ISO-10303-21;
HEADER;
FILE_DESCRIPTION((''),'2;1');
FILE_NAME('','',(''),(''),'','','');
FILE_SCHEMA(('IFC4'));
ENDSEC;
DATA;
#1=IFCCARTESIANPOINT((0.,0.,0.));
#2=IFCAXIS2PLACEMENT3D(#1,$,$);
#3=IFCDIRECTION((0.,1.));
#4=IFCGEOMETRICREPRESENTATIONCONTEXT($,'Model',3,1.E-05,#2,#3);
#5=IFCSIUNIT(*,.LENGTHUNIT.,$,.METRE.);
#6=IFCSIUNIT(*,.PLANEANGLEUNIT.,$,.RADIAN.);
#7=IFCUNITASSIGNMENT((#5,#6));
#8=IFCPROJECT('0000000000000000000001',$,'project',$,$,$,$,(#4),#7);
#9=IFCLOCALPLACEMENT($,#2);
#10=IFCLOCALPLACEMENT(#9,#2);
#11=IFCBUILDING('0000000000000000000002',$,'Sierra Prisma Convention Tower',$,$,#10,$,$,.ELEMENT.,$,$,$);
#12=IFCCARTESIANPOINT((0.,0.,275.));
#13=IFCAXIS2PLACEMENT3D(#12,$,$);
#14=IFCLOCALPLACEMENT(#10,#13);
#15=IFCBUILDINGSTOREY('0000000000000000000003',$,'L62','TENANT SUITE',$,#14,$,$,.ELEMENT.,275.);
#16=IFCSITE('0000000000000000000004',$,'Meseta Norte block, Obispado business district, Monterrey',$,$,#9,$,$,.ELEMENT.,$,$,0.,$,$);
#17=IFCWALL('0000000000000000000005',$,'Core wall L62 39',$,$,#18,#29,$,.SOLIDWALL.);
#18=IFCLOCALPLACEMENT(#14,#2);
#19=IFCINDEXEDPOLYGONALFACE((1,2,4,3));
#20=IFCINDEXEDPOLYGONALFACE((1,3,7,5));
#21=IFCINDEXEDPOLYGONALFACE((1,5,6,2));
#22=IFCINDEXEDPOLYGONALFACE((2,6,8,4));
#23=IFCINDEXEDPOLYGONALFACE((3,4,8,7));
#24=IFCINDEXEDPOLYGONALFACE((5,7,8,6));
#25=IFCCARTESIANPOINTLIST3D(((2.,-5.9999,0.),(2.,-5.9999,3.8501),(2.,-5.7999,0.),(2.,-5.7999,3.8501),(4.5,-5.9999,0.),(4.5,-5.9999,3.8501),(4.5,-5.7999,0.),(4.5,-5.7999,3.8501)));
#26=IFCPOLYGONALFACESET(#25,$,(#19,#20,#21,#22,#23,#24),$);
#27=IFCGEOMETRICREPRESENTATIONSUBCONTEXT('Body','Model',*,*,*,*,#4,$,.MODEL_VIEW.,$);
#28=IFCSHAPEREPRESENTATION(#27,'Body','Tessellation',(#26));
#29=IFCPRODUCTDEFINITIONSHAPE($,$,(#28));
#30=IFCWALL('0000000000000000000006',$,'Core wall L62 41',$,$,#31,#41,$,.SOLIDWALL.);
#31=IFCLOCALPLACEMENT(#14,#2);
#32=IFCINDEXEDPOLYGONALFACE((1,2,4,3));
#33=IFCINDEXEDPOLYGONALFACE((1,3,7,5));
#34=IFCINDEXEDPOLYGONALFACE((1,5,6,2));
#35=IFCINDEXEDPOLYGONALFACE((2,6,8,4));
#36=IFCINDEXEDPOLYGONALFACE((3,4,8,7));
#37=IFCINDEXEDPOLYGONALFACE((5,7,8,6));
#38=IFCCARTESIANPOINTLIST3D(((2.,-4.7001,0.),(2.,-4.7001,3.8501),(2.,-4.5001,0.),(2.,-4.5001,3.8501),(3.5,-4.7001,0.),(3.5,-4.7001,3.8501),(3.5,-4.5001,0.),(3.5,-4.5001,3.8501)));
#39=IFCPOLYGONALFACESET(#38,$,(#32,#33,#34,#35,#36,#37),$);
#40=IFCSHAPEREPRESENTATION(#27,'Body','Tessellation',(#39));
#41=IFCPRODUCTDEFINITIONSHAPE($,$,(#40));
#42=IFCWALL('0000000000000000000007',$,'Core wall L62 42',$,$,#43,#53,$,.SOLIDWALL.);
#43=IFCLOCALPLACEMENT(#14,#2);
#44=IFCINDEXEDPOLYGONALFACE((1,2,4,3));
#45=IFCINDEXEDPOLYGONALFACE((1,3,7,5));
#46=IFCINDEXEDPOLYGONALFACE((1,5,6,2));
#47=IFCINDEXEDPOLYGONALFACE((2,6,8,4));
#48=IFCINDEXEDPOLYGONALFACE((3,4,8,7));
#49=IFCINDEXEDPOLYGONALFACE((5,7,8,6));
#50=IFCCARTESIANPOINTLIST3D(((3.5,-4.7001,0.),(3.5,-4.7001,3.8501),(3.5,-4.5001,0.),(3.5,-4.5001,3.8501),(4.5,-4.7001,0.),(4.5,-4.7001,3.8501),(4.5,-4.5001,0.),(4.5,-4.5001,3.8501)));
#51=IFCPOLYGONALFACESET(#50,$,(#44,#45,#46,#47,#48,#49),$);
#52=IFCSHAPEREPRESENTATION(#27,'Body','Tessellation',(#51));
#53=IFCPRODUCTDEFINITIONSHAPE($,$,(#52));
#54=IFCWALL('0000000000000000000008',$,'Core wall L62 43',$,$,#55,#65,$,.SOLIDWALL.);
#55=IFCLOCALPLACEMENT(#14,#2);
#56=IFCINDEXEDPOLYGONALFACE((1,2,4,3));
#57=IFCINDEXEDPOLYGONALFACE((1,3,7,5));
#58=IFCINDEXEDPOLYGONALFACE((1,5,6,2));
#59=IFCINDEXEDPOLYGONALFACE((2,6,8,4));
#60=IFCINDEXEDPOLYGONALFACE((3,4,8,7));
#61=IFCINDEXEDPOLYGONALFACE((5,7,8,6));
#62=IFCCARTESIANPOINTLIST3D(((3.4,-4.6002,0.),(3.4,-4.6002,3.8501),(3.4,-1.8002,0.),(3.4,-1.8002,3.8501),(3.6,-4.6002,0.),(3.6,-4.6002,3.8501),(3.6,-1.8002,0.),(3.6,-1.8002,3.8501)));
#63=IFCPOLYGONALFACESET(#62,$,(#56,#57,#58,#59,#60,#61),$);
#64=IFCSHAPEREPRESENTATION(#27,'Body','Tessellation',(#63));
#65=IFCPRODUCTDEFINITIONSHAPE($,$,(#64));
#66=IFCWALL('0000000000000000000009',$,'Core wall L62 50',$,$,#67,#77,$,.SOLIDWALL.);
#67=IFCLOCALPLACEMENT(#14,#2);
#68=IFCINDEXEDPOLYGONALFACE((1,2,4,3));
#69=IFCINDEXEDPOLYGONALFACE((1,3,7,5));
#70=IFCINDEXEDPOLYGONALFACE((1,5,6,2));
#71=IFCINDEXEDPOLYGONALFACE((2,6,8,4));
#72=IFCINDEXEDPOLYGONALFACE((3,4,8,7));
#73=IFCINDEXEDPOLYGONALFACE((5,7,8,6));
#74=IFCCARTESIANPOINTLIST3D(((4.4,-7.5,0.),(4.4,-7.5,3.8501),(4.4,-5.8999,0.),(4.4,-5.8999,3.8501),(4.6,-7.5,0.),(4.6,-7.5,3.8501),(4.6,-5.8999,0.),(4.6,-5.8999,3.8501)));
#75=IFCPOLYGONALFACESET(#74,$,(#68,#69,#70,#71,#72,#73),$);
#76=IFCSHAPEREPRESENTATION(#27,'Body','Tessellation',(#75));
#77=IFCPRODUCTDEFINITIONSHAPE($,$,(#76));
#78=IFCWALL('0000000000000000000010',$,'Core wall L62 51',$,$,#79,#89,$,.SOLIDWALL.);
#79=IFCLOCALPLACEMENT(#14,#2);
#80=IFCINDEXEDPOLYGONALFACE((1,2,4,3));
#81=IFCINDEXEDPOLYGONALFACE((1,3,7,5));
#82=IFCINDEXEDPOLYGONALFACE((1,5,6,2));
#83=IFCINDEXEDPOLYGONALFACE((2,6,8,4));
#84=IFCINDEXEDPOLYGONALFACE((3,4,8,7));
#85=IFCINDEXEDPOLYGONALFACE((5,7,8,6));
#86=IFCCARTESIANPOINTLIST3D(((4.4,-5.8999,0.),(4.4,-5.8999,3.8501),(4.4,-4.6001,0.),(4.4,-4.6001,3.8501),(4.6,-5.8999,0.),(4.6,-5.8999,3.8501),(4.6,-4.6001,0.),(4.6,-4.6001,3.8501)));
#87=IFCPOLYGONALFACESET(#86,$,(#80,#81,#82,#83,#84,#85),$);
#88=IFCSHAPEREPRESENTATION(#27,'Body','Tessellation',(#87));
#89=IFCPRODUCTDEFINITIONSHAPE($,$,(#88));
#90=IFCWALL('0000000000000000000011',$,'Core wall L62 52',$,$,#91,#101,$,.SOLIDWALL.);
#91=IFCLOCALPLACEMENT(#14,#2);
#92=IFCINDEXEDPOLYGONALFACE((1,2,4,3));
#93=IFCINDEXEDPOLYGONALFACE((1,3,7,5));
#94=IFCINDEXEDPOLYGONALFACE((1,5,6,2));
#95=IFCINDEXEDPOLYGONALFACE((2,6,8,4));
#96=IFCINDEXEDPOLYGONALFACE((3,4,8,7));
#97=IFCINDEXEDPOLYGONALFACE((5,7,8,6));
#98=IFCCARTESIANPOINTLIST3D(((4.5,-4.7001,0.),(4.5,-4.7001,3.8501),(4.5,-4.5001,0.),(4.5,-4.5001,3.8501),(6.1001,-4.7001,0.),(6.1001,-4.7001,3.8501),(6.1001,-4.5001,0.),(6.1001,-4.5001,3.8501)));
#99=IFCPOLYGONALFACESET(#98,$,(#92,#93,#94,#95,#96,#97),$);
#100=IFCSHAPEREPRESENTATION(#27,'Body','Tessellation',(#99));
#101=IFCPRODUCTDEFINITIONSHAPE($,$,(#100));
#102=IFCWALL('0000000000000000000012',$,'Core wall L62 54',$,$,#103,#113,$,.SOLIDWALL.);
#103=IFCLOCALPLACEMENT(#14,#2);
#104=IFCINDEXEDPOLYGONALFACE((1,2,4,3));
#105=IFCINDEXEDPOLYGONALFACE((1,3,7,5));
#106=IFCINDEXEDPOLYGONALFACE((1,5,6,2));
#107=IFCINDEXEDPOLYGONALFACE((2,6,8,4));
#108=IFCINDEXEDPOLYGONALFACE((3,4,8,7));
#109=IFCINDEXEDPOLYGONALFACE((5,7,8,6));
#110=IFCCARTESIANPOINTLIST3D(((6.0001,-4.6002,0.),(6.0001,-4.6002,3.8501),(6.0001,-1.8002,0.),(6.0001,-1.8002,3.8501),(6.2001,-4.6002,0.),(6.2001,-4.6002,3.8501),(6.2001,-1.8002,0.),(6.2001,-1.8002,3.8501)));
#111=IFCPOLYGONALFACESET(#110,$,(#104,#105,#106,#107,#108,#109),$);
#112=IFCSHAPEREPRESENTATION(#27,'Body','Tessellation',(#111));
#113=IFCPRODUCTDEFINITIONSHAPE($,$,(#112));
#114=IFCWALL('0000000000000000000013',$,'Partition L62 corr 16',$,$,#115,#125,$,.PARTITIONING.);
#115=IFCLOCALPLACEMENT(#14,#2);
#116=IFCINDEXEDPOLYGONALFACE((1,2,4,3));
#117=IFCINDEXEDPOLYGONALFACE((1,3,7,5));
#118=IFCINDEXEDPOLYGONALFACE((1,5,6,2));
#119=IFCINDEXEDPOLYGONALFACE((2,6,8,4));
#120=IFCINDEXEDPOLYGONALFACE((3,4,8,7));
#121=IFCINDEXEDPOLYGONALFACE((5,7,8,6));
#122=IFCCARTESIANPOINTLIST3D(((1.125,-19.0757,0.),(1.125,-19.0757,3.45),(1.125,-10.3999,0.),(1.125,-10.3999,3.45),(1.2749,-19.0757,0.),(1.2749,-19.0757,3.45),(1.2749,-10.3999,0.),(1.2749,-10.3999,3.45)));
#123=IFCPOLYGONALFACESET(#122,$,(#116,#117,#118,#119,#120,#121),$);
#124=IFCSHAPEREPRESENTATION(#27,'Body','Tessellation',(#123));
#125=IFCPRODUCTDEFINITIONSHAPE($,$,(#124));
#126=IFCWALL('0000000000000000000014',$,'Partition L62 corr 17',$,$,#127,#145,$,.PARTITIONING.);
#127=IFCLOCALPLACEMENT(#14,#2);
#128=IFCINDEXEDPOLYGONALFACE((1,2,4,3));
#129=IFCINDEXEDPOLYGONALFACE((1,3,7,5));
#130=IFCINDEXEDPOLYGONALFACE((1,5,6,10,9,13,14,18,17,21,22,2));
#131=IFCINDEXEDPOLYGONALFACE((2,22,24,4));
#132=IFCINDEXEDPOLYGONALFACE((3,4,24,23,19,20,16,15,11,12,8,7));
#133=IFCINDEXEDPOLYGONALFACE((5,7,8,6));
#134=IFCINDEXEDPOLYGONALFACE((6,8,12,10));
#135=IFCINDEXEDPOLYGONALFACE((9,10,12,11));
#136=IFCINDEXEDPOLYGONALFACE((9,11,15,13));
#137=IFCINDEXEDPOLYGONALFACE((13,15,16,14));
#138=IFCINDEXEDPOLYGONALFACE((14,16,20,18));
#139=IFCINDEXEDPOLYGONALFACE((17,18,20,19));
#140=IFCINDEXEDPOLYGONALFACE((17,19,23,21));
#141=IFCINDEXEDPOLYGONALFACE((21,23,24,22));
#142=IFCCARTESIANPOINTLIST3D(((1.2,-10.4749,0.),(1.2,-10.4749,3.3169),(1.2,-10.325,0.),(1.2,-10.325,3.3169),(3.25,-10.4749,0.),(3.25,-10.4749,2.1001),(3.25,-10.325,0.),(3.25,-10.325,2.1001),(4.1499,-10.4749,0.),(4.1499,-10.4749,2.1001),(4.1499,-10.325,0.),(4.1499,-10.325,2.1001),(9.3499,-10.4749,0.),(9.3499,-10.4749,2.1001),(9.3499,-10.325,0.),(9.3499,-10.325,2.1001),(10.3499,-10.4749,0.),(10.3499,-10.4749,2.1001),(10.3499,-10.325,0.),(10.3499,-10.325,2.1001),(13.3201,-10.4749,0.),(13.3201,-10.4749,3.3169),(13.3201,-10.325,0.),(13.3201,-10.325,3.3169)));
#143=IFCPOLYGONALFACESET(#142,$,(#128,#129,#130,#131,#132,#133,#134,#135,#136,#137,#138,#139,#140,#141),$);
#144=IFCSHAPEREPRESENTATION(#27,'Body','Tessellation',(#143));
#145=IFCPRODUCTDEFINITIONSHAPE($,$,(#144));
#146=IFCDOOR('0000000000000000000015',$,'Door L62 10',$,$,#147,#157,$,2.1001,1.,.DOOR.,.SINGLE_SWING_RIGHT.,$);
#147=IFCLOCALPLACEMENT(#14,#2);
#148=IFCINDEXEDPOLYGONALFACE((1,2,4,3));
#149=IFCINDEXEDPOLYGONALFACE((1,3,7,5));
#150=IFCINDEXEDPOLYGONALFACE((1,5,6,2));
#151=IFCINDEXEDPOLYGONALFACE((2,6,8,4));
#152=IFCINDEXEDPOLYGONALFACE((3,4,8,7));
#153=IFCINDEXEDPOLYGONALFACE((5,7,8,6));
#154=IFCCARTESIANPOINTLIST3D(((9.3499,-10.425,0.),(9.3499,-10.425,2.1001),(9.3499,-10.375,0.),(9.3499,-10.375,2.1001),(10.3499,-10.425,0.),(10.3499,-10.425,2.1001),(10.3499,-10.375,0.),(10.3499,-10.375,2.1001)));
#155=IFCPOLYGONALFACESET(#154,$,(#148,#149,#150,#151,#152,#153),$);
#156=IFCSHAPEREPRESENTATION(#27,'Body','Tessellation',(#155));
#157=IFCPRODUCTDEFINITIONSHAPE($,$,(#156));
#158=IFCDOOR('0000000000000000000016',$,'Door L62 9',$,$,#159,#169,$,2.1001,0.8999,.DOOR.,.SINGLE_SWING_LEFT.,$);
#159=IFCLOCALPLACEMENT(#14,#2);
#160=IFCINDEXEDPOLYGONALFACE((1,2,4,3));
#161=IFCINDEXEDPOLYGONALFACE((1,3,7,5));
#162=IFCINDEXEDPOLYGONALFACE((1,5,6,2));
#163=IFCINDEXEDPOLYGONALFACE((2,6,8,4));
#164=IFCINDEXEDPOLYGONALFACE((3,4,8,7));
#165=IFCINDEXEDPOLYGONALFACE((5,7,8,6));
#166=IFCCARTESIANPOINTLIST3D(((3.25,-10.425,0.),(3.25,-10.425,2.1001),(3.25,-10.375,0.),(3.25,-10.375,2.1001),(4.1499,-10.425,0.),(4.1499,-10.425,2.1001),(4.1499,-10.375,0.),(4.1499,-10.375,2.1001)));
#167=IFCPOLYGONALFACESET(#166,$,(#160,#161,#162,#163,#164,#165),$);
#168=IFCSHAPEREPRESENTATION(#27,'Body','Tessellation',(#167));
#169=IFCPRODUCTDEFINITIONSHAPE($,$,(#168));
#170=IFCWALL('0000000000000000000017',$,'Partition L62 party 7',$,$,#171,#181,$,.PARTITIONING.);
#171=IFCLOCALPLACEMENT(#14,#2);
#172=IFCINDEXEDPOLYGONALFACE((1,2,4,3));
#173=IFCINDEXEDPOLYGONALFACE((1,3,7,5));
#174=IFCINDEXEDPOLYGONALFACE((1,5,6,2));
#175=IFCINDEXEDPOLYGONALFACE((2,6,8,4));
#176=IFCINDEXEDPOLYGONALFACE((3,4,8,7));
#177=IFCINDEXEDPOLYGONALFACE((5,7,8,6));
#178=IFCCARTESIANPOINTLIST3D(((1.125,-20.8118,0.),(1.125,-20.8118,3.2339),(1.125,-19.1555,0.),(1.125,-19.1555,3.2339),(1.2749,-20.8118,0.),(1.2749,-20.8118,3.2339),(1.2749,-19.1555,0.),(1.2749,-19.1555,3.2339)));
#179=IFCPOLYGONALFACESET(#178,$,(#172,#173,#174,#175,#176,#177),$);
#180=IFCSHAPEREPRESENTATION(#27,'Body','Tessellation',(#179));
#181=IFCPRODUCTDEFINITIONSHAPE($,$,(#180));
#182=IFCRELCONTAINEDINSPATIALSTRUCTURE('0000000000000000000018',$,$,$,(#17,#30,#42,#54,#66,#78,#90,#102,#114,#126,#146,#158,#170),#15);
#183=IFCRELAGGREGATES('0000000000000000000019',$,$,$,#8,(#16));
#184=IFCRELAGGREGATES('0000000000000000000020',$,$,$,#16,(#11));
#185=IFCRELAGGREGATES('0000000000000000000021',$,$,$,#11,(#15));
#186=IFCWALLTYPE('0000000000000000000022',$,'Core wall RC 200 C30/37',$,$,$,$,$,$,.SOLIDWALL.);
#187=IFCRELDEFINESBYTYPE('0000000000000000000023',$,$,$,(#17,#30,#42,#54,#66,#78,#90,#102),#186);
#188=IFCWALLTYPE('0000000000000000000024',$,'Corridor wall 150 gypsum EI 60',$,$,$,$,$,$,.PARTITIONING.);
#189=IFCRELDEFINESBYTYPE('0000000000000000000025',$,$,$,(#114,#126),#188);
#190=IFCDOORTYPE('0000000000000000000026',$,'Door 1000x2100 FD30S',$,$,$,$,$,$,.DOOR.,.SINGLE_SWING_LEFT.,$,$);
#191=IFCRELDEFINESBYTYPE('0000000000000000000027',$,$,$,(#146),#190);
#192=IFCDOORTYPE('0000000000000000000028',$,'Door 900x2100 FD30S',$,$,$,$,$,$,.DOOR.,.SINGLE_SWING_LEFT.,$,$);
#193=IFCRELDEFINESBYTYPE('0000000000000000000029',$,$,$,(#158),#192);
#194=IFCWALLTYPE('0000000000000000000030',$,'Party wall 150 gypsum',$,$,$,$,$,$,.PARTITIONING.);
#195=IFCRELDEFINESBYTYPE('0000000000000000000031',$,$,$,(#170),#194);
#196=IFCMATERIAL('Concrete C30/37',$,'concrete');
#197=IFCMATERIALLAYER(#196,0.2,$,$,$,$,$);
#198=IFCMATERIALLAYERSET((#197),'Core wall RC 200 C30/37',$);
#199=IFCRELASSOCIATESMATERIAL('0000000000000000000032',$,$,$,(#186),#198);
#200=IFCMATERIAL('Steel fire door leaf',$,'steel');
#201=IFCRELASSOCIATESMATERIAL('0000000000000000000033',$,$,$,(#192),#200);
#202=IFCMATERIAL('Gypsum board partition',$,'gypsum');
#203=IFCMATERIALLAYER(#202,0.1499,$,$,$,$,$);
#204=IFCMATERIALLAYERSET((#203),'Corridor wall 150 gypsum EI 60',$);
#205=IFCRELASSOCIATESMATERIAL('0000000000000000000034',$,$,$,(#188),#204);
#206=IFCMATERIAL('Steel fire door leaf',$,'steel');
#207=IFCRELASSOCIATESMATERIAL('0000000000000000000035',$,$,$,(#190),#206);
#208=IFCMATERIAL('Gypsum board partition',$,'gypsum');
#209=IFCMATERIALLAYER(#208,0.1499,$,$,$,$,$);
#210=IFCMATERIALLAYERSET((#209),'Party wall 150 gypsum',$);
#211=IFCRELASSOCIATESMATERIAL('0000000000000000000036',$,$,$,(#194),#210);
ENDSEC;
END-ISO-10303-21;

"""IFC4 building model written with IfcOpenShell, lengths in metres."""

from ifc_helpers import new_model, si_unit, direction, frame, frame_2d, origin, place, context, subcontext, project, spatial, rectangle, extrude, material, layer, layer_set, type_object, element, fill, save


model = new_model("IFC4")

# Units and contexts
model_context = context("Model", 3, precision=1e-05, world=origin(), true_north=direction((0.0, 1.0)))
body_context = subcontext(model_context, "Body", "Model", "MODEL_VIEW")
ifc_project = project(units=[si_unit("LENGTHUNIT", "METRE"), si_unit("PLANEANGLEUNIT", "RADIAN")], contexts=[model_context])

# Site, building, storey
site_placement = place(None, origin())
site = spatial("IfcSite", under=ifc_project, at=site_placement, Name="Meseta Norte block, Obispado business district, Monterrey", CompositionType="ELEMENT", RefElevation=0.0)
building_placement = place(site_placement, origin())
building = spatial("IfcBuilding", under=site, at=building_placement, Name="Sierra Prisma Convention Tower", CompositionType="ELEMENT")
storey_placement = place(building_placement, frame((0.0, 0.0, 275.0)))
storey = spatial("IfcBuildingStorey", under=building, at=storey_placement, Name="L62", Description="TENANT SUITE", CompositionType="ELEMENT", Elevation=275.0)

# Shared definitions
ifc_material_1 = material(Name="Concrete C30/37", Category="concrete")
ifc_layer_1 = layer(ifc_material_1, 0.2)
ifc_layer_set_1 = layer_set([ifc_layer_1], Name="Core wall RC 200 C30/37")
wall_type_1 = type_object("IfcWallType", Name="Core wall RC 200 C30/37", PredefinedType="SOLIDWALL", material=ifc_layer_set_1)

# Shared definitions
ifc_material_2 = material(Name="Steel fire door leaf", Category="steel")
door_type_1 = type_object("IfcDoorType", Name="Door 900x2100 FD30S", OperationType="SINGLE_SWING_LEFT", PredefinedType="DOOR", material=ifc_material_2)

# Wall
wall_1_placement = place(storey_placement, frame((4.5, -5.8999, 0.0), z_axis=(0.0, 0.0, 1.0), x_axis=(-1.0, 0.0, 0.0)))
element("IfcWall", 1, at=wall_1_placement, inside=storey, type_object=wall_type_1, Name="Core wall L62 39", PredefinedType="SOLIDWALL", context=body_context, shape_type="SweptSolid", body=[
    extrude(rectangle(XDim=2.5, YDim=0.2, at=frame_2d((1.25, 0.0))), origin(), (0.0, 0.0, 1.0), 3.8501),
])

# Walls
wall_2_placement = place(storey_placement, frame((3.5, -4.6001, 0.0), z_axis=(0.0, 0.0, 1.0), x_axis=(-1.0, 0.0, 0.0)))
element("IfcWall", 2, at=wall_2_placement, inside=storey, type_object=wall_type_1, Name="Core wall L62 41", PredefinedType="SOLIDWALL", context=body_context, shape_type="SweptSolid", body=[
    extrude(rectangle(XDim=1.5, YDim=0.2, at=frame_2d((0.75, 0.0))), origin(), (0.0, 0.0, 1.0), 3.8501),
])
wall_3_placement = place(storey_placement, frame((4.5, -4.6001, 0.0), z_axis=(0.0, 0.0, 1.0), x_axis=(-1.0, 0.0, 0.0)))
element("IfcWall", 3, at=wall_3_placement, inside=storey, type_object=wall_type_1, Name="Core wall L62 42", PredefinedType="SOLIDWALL", context=body_context, shape_type="SweptSolid", body=[
    extrude(rectangle(XDim=1.0, YDim=0.2, at=frame_2d((0.5, 0.0))), origin(), (0.0, 0.0, 1.0), 3.8501),
])
wall_4_placement = place(storey_placement, frame((3.5, -4.6001, 0.0), z_axis=(0.0, 0.0, 1.0), x_axis=(0.0, 1.0, 0.0)))
element("IfcWall", 4, at=wall_4_placement, inside=storey, type_object=wall_type_1, Name="Core wall L62 43", PredefinedType="SOLIDWALL", context=body_context, shape_type="SweptSolid", body=[
    extrude(rectangle(XDim=2.8, YDim=0.2, at=frame_2d((1.3999, 0.0))), origin(), (0.0, 0.0, 1.0), 3.8501),
])
wall_5_placement = place(storey_placement, frame((4.5, -5.8999, 0.0), z_axis=(0.0, 0.0, 1.0), x_axis=(0.0, -1.0, 0.0)))
element("IfcWall", 5, at=wall_5_placement, inside=storey, type_object=wall_type_1, Name="Core wall L62 50", PredefinedType="SOLIDWALL", context=body_context, shape_type="SweptSolid", body=[
    extrude(rectangle(XDim=1.6001, YDim=0.2, at=frame_2d((0.8, 0.0))), origin(), (0.0, 0.0, 1.0), 3.8501),
])
wall_6_placement = place(storey_placement, frame((4.5, -4.6001, 0.0), z_axis=(0.0, 0.0, 1.0), x_axis=(0.0, -1.0, 0.0)))
element("IfcWall", 6, at=wall_6_placement, inside=storey, type_object=wall_type_1, Name="Core wall L62 51", PredefinedType="SOLIDWALL", context=body_context, shape_type="SweptSolid", body=[
    extrude(rectangle(XDim=1.2998, YDim=0.2, at=frame_2d((0.6499, 0.0))), origin(), (0.0, 0.0, 1.0), 3.8501),
])
wall_7_placement = place(storey_placement, frame((6.1001, -4.6001, 0.0), z_axis=(0.0, 0.0, 1.0), x_axis=(-1.0, 0.0, 0.0)))
element("IfcWall", 7, at=wall_7_placement, inside=storey, type_object=wall_type_1, Name="Core wall L62 52", PredefinedType="SOLIDWALL", context=body_context, shape_type="SweptSolid", body=[
    extrude(rectangle(XDim=1.6001, YDim=0.2, at=frame_2d((0.8, 0.0))), origin(), (0.0, 0.0, 1.0), 3.8501),
])
wall_8_placement = place(storey_placement, frame((6.1001, -4.6001, 0.0), z_axis=(0.0, 0.0, 1.0), x_axis=(0.0, 1.0, 0.0)))
element("IfcWall", 8, at=wall_8_placement, inside=storey, type_object=wall_type_1, Name="Core wall L62 54", PredefinedType="SOLIDWALL", context=body_context, shape_type="SweptSolid", body=[
    extrude(rectangle(XDim=2.8, YDim=0.2, at=frame_2d((1.3999, 0.0))), origin(), (0.0, 0.0, 1.0), 3.8501),
])
ifc_material_3 = material(Name="Gypsum board partition", Category="gypsum")
ifc_layer_2 = layer(ifc_material_3, 0.1499)
ifc_layer_set_2 = layer_set([ifc_layer_2], Name="Corridor wall 150 gypsum EI 60")
wall_type_2 = type_object("IfcWallType", Name="Corridor wall 150 gypsum EI 60", PredefinedType="PARTITIONING", material=ifc_layer_set_2)
wall_9_placement = place(storey_placement, frame((1.2, -19.0757, 0.0), z_axis=(0.0, 0.0, 1.0), x_axis=(0.0, 1.0, 0.0)))
element("IfcWall", 9, at=wall_9_placement, inside=storey, type_object=wall_type_2, Name="Partition L62 corr 16", PredefinedType="PARTITIONING", context=body_context, shape_type="SweptSolid", body=[
    extrude(rectangle(XDim=8.6758, YDim=0.1499, at=frame_2d((4.3379, 0.0))), origin(), (0.0, 0.0, 1.0), 3.45),
])

# Wall, openings, doors
wall_10_placement = place(storey_placement, frame((1.2, -10.3999, 0.0), z_axis=(0.0, 0.0, 1.0), x_axis=(1.0, 0.0, 0.0)))
wall_10 = element("IfcWall", 10, at=wall_10_placement, inside=storey, type_object=wall_type_2, Name="Partition L62 corr 17", PredefinedType="PARTITIONING", context=body_context, shape_type="SweptSolid", body=[
    extrude(rectangle(XDim=12.1201, YDim=0.1499, at=frame_2d((6.0601, 0.0))), origin(), (0.0, 0.0, 1.0), 3.3169),
])
opening_1_placement = place(wall_10_placement, frame((2.05, 0.0, 0.0)))
opening_1 = element("IfcOpeningElement", 11, at=opening_1_placement, cuts=wall_10, PredefinedType="OPENING", context=body_context, shape_type="SweptSolid", body=[
    extrude(rectangle(XDim=0.8999, YDim=2.1001, at=frame_2d((0.45, 1.05))), frame((0.0, 0.075, 0.0), z_axis=(0.0, -1.0, 0.0), x_axis=(1.0, 0.0, 0.0)), (0.0, 0.0, 1.0), 0.1499),
])
opening_2_placement = place(wall_10_placement, frame((8.1499, 0.0, 0.0)))
opening_2 = element("IfcOpeningElement", 12, at=opening_2_placement, cuts=wall_10, PredefinedType="OPENING", context=body_context, shape_type="SweptSolid", body=[
    extrude(rectangle(XDim=1.0, YDim=2.1001, at=frame_2d((0.5, 1.05))), frame((0.0, 0.075, 0.0), z_axis=(0.0, -1.0, 0.0), x_axis=(1.0, 0.0, 0.0)), (0.0, 0.0, 1.0), 0.1499),
])
ifc_material_4 = material(Name="Steel fire door leaf", Category="steel")
door_type_2 = type_object("IfcDoorType", Name="Door 1000x2100 FD30S", OperationType="SINGLE_SWING_LEFT", PredefinedType="DOOR", material=ifc_material_4)
door_1_placement = place(opening_2_placement, origin())
door_1 = element("IfcDoor", 13, at=door_1_placement, inside=storey, type_object=door_type_2, Name="Door L62 10", OperationType="SINGLE_SWING_RIGHT", OverallHeight=2.1001, OverallWidth=1.0, PredefinedType="DOOR", context=body_context, shape_type="SweptSolid", body=[
    extrude(rectangle(XDim=1.0, YDim=2.1001, at=frame_2d((0.5, 1.05))), frame((0.0, 0.0249, 0.0), z_axis=(0.0, -1.0, 0.0), x_axis=(1.0, 0.0, 0.0)), (0.0, 0.0, 1.0), 0.05),
])
fill(opening_2, door_1)
door_2_placement = place(opening_1_placement, origin())
door_2 = element("IfcDoor", 14, at=door_2_placement, inside=storey, type_object=door_type_1, Name="Door L62 9", OperationType="SINGLE_SWING_LEFT", OverallHeight=2.1001, OverallWidth=0.8999, PredefinedType="DOOR", context=body_context, shape_type="SweptSolid", body=[
    extrude(rectangle(XDim=0.8999, YDim=2.1001, at=frame_2d((0.45, 1.05))), frame((0.0, 0.0249, 0.0), z_axis=(0.0, -1.0, 0.0), x_axis=(1.0, 0.0, 0.0)), (0.0, 0.0, 1.0), 0.05),
])
fill(opening_1, door_2)

# Wall
ifc_material_5 = material(Name="Gypsum board partition", Category="gypsum")
ifc_layer_3 = layer(ifc_material_5, 0.1499)
ifc_layer_set_3 = layer_set([ifc_layer_3], Name="Party wall 150 gypsum")
wall_type_3 = type_object("IfcWallType", Name="Party wall 150 gypsum", PredefinedType="PARTITIONING", material=ifc_layer_set_3)
wall_11_placement = place(storey_placement, frame((1.2, -19.1555, 0.0), z_axis=(0.0, 0.0, 1.0), x_axis=(0.0, -1.0, 0.0)))
element("IfcWall", 15, at=wall_11_placement, inside=storey, type_object=wall_type_3, Name="Partition L62 party 7", PredefinedType="PARTITIONING", context=body_context, shape_type="SweptSolid", body=[
    extrude(rectangle(XDim=1.6562, YDim=0.1499, at=frame_2d((0.8281, 0.0))), origin(), (0.0, 0.0, 1.0), 3.2339),
])

save(model, "model.ifc")
